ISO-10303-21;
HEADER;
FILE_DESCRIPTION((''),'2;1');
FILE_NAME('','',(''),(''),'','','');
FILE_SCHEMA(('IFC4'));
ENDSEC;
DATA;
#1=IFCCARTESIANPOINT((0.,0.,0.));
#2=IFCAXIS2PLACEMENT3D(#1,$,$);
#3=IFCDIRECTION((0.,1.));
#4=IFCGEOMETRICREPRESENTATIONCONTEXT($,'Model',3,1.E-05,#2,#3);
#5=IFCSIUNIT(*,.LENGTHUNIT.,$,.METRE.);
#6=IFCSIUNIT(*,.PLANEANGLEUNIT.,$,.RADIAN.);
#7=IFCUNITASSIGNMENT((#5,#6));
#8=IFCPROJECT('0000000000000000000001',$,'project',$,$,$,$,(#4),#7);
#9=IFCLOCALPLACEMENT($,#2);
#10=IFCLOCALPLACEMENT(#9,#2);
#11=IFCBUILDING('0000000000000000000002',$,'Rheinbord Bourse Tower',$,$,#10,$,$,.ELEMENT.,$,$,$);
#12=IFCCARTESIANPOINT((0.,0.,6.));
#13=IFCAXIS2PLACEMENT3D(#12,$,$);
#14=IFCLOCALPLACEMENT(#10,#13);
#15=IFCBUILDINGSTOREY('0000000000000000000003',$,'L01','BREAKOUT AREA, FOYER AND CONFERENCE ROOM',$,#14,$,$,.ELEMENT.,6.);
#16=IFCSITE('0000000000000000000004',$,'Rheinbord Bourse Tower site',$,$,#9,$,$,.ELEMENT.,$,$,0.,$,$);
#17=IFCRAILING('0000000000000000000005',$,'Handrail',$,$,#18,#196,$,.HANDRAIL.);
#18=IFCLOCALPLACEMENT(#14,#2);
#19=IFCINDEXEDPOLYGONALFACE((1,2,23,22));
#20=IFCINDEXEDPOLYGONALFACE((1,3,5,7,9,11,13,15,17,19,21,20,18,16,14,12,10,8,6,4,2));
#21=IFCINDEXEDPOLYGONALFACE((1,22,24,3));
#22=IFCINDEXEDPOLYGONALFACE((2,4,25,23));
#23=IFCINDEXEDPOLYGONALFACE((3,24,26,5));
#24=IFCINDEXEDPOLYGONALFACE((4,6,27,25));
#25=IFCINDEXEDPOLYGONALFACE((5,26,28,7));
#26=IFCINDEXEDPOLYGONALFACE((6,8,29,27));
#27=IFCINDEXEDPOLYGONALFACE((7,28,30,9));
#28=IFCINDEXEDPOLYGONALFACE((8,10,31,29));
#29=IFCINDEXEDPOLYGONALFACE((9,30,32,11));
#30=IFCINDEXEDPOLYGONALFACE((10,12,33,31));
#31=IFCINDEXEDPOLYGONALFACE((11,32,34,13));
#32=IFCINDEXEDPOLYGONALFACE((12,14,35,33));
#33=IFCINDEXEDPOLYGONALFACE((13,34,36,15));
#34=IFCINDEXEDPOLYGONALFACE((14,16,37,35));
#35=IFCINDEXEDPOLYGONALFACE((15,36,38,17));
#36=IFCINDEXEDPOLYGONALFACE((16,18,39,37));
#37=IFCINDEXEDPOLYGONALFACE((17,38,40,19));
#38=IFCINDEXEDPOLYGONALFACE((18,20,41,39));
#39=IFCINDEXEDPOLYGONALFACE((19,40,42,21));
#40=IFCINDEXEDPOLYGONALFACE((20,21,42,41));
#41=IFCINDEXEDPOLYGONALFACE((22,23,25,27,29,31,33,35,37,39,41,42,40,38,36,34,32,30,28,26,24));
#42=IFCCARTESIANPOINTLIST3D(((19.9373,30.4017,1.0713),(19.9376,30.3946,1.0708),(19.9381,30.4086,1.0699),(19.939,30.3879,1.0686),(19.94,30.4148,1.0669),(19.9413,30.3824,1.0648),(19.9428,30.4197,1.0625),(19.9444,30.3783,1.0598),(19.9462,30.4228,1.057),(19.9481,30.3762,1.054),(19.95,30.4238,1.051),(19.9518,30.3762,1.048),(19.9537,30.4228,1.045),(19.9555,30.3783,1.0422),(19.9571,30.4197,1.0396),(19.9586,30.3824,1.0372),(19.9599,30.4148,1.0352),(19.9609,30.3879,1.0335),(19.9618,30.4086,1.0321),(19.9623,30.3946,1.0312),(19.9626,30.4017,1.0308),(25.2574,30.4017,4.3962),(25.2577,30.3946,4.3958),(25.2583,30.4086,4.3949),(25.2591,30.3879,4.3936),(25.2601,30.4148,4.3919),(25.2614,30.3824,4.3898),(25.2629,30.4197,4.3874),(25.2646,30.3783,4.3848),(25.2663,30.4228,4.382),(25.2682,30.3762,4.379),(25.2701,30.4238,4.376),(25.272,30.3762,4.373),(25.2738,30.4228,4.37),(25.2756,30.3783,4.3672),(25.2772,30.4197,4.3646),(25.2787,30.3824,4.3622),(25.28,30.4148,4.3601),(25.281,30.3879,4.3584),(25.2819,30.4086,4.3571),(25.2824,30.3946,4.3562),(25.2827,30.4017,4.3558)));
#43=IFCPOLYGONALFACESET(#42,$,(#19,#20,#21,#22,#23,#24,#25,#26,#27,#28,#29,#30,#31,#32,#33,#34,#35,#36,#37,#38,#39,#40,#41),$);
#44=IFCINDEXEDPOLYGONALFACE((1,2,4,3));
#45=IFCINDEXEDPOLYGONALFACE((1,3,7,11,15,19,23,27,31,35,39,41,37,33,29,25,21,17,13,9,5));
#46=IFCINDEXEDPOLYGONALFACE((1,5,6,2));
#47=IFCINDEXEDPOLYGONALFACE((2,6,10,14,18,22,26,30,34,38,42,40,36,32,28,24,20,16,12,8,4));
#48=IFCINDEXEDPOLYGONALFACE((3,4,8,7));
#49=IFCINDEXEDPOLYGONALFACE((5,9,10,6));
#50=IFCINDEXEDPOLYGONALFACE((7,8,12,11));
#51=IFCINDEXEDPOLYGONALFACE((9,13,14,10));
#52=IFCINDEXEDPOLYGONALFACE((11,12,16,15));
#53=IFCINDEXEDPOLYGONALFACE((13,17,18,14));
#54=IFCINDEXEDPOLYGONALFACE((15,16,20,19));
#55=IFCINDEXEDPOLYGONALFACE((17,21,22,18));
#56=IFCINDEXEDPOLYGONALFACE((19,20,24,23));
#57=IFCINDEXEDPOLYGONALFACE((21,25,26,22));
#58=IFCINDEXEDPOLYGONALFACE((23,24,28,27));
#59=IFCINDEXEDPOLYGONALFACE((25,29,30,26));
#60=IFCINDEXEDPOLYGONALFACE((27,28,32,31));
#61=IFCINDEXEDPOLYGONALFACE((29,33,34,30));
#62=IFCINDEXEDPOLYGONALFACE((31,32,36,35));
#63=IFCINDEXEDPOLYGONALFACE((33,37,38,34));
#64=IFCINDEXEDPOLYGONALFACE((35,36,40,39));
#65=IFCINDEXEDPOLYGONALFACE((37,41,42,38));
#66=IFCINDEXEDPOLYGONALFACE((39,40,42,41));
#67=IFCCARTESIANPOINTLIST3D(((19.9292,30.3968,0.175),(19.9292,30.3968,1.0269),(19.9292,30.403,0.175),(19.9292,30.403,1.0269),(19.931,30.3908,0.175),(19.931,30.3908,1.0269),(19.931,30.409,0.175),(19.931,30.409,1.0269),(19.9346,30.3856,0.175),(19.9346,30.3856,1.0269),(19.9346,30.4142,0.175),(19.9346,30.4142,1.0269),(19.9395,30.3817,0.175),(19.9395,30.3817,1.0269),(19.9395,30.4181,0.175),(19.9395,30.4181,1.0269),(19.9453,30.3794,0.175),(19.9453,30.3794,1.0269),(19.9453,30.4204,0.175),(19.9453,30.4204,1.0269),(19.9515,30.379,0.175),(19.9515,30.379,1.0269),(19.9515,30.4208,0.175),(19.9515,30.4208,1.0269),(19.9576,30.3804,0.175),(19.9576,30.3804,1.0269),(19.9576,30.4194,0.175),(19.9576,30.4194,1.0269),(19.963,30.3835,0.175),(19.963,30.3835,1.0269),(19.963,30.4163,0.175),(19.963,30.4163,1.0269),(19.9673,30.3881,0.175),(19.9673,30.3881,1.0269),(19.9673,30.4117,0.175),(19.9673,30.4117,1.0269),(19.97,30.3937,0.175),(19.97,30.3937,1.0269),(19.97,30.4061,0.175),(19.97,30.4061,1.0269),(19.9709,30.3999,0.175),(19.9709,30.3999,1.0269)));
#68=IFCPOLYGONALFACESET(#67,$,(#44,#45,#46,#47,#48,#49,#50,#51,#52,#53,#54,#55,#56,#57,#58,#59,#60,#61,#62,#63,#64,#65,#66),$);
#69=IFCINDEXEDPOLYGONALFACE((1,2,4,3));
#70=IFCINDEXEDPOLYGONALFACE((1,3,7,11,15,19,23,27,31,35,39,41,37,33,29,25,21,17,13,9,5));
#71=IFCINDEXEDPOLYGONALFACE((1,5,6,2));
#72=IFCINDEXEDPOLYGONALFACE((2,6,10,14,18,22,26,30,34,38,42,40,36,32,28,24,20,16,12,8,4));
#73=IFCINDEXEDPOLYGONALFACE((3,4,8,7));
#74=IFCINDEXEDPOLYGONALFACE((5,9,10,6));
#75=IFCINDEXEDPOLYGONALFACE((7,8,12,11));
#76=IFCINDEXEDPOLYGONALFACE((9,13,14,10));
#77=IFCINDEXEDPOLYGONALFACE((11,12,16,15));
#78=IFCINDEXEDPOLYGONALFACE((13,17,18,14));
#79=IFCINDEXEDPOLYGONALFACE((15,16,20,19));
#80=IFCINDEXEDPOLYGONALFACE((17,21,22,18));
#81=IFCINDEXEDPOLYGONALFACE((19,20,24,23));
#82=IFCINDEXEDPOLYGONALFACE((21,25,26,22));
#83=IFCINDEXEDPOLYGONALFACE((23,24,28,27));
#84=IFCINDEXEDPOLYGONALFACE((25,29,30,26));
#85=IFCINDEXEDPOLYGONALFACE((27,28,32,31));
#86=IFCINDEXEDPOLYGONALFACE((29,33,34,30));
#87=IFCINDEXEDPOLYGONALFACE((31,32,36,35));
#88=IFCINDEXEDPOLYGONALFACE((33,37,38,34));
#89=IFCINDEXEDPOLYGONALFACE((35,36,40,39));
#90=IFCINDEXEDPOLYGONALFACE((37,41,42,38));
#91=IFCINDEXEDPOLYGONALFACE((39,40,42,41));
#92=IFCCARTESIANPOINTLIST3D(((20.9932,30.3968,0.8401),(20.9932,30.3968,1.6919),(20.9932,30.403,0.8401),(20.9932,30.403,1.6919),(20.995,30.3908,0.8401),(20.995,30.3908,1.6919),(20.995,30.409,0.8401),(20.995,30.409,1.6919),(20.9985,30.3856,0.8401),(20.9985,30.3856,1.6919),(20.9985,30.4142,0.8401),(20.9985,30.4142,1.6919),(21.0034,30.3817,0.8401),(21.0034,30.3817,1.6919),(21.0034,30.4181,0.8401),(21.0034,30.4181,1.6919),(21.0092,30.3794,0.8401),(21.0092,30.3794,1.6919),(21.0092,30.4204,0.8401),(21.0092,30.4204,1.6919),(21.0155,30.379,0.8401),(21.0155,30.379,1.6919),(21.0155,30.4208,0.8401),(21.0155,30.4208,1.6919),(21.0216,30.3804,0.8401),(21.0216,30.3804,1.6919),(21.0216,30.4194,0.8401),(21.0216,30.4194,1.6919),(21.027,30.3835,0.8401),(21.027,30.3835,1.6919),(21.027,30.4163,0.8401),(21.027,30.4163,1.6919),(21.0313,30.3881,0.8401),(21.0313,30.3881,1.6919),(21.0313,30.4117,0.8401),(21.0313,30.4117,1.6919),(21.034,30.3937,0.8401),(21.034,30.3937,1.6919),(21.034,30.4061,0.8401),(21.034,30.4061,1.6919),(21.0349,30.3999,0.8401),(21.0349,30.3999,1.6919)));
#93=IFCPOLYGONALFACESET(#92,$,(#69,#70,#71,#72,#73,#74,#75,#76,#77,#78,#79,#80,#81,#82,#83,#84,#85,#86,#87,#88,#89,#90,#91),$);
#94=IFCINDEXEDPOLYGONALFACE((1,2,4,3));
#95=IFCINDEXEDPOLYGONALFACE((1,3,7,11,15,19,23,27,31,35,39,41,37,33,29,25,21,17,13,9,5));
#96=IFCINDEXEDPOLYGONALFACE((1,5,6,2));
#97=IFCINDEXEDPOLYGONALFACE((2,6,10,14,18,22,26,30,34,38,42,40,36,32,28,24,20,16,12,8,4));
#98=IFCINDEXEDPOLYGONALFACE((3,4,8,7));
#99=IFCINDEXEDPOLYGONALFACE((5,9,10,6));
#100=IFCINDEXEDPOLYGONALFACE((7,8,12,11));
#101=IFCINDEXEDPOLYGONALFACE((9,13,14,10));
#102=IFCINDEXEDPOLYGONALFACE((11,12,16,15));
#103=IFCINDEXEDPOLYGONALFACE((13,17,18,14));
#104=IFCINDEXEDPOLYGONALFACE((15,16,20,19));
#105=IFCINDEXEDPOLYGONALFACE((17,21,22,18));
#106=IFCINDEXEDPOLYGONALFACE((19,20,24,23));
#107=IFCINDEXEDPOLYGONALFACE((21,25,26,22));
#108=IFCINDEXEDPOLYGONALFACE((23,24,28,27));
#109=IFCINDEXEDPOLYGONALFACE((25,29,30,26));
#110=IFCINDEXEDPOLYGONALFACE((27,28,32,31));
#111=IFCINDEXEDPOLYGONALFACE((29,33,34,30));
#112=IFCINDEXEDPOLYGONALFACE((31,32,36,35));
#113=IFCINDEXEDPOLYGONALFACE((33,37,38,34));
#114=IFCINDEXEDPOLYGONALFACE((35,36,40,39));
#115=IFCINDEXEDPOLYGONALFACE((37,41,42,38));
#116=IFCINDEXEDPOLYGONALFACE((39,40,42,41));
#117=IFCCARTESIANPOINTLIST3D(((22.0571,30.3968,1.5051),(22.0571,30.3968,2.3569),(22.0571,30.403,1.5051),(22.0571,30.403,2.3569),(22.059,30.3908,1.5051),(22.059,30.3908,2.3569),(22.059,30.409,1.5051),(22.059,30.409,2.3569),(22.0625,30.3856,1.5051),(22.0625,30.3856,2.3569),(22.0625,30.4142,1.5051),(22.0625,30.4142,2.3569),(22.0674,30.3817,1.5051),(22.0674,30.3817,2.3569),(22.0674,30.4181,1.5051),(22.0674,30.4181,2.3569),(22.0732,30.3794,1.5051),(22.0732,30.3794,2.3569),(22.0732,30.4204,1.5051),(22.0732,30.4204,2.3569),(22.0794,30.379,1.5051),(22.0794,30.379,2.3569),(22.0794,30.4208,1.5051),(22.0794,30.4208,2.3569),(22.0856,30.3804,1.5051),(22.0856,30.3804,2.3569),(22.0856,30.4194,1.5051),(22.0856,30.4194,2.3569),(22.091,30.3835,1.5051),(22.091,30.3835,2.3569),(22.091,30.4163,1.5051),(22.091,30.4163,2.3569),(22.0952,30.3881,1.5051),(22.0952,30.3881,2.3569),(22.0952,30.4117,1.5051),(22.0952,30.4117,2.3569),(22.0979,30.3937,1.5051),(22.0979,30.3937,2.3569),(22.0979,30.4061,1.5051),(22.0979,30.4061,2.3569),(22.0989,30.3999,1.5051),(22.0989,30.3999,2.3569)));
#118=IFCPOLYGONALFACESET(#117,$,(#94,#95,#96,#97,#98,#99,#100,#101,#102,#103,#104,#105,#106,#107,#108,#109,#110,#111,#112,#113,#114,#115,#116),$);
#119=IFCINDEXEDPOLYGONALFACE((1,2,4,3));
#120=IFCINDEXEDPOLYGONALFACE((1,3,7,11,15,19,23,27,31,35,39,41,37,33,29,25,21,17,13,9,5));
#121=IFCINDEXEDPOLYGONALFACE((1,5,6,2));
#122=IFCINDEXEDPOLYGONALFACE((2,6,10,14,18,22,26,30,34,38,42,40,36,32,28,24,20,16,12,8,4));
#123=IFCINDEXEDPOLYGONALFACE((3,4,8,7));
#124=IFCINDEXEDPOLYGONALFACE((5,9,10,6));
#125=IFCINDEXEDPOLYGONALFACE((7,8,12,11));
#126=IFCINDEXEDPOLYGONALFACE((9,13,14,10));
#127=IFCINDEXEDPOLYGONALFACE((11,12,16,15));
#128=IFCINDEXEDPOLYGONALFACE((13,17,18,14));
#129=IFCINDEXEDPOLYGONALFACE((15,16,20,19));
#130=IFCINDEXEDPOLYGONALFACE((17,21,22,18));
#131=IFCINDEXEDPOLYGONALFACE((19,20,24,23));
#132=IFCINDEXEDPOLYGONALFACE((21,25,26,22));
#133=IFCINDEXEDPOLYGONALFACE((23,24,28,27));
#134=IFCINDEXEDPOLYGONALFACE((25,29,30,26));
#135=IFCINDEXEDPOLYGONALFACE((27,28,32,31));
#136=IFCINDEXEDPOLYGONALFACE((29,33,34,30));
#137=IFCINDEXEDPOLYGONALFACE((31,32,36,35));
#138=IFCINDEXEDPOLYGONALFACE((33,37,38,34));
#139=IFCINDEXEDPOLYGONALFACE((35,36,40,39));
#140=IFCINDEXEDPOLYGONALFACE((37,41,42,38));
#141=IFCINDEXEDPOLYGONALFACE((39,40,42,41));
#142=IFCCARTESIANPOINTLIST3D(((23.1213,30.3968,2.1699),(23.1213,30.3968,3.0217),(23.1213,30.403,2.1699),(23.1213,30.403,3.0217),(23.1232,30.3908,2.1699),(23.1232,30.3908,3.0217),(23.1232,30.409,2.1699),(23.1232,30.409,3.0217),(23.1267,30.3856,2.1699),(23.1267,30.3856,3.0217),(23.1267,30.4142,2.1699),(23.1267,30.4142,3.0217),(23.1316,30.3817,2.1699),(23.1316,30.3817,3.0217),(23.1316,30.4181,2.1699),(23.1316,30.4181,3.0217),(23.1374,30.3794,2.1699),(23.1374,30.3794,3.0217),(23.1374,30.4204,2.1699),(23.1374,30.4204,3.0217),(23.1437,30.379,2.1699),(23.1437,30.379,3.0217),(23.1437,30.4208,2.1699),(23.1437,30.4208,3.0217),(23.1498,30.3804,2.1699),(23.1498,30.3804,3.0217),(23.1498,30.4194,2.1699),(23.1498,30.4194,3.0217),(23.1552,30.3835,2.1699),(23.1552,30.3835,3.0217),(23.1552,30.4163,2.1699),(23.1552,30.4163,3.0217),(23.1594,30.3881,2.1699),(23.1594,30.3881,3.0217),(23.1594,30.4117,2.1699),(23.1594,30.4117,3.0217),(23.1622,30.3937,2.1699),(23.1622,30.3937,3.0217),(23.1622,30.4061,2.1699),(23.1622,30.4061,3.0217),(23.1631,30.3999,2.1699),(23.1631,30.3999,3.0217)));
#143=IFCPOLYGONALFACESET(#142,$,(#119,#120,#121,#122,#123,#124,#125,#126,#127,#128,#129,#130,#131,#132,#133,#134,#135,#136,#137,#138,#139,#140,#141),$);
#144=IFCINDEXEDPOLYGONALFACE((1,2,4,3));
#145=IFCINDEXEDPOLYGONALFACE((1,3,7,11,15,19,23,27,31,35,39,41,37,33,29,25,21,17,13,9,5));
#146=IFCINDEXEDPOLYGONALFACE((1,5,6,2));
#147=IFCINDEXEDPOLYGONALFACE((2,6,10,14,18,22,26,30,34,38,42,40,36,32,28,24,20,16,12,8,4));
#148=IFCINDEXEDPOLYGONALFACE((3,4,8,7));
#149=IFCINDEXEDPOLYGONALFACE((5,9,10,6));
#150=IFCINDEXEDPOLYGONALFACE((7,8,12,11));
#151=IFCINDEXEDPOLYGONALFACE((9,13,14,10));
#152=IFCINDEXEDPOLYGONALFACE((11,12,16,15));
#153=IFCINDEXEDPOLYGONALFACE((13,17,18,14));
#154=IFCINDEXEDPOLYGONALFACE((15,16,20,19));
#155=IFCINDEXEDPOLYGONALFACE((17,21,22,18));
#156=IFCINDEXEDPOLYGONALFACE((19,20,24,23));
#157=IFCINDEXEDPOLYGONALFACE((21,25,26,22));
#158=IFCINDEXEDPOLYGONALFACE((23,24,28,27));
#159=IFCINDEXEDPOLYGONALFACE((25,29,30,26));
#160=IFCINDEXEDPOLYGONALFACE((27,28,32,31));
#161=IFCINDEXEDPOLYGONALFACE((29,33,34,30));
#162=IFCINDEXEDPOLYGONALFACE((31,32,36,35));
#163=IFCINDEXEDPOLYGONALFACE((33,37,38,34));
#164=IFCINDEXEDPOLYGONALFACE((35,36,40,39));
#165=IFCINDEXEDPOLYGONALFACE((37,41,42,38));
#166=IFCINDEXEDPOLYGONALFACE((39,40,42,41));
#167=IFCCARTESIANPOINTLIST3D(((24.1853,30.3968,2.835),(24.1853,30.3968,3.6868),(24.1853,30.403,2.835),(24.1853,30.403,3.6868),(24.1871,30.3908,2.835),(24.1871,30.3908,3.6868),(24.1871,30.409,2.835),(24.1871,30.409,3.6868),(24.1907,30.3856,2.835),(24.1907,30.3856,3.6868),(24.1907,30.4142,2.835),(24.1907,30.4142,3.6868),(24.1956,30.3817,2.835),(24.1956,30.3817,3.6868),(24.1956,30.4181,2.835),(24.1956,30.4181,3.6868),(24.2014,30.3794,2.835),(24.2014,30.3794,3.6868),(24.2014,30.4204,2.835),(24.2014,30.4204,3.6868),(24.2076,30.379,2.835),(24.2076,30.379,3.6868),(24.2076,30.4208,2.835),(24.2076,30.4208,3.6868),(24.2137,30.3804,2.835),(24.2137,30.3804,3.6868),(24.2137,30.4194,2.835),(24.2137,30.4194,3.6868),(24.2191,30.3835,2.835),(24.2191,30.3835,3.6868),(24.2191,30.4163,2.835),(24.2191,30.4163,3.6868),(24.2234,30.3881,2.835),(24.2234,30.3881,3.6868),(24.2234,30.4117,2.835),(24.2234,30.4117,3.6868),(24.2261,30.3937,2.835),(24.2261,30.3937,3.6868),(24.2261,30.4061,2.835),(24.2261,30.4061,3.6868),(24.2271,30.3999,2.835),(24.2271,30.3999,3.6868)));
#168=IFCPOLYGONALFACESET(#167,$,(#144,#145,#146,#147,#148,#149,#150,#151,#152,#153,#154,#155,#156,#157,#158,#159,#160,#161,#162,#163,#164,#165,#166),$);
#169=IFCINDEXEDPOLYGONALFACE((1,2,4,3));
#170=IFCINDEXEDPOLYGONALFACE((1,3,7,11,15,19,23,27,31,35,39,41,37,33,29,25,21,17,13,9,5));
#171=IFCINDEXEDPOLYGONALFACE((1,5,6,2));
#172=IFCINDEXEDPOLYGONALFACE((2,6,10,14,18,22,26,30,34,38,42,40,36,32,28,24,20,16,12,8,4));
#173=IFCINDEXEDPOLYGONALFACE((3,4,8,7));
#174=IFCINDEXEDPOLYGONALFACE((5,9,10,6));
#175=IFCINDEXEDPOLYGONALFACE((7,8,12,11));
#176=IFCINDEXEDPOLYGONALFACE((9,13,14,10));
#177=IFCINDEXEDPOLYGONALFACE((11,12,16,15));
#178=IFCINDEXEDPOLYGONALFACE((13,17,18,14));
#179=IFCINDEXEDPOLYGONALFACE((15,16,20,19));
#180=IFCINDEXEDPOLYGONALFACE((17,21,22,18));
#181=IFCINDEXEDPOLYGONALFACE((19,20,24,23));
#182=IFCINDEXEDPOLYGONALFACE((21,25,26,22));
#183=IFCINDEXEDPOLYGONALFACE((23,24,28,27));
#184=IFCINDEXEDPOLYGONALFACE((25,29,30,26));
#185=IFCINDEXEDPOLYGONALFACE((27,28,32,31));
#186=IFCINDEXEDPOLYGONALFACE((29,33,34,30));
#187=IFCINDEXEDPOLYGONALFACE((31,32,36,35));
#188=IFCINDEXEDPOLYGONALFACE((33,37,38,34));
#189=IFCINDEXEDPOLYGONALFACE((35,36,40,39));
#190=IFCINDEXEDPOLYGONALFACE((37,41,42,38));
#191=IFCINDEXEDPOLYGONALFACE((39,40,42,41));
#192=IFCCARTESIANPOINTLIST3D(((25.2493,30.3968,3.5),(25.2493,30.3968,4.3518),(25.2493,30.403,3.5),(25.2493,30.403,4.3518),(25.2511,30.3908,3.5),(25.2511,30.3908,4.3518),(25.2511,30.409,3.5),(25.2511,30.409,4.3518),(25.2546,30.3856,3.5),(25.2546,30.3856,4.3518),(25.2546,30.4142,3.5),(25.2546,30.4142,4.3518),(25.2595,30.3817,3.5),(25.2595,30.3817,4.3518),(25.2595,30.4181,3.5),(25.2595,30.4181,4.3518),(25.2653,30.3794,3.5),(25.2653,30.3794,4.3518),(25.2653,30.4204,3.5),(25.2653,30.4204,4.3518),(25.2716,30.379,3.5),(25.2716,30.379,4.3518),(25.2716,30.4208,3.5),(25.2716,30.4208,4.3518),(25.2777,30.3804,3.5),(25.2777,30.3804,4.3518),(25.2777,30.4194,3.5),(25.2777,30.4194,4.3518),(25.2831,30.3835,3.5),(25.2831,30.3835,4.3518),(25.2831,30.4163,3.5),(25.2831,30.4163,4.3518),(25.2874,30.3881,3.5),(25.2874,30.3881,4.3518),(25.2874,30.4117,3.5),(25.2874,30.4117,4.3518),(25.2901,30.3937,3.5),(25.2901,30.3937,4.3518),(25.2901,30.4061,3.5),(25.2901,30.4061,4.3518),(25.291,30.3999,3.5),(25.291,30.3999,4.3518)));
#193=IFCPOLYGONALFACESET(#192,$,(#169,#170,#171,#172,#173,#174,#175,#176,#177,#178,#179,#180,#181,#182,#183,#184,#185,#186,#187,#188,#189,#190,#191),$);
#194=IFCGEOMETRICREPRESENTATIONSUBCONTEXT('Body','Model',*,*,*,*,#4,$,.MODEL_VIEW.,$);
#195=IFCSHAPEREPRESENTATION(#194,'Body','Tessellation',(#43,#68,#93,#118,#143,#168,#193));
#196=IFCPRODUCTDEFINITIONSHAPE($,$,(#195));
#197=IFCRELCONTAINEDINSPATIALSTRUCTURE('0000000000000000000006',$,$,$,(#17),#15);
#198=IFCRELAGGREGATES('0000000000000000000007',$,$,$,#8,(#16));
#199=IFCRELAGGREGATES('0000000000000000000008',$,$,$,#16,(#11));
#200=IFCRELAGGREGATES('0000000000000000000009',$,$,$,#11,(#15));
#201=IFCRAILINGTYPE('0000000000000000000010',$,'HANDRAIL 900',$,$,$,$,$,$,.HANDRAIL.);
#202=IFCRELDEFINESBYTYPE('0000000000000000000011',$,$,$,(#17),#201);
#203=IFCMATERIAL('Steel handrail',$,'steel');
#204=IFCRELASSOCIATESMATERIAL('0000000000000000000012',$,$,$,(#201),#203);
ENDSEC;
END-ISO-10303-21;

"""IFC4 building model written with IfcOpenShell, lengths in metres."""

from ifc_helpers import new_model, si_unit, direction, frame, origin, origin_2d, place, context, subcontext, project, spatial, circle, extrude, material, type_object, element, save


model = new_model("IFC4")

# Units and contexts
model_context = context("Model", 3, precision=1e-05, world=origin(), true_north=direction((0.0, 1.0)))
body_context = subcontext(model_context, "Body", "Model", "MODEL_VIEW")
ifc_project = project(units=[si_unit("LENGTHUNIT", "METRE"), si_unit("PLANEANGLEUNIT", "RADIAN")], contexts=[model_context])

# Site, building, storey
site_placement = place(None, origin())
site = spatial("IfcSite", under=ifc_project, at=site_placement, Name="Rheinbord Bourse Tower site", CompositionType="ELEMENT", RefElevation=0.0)
building_placement = place(site_placement, origin())
building = spatial("IfcBuilding", under=site, at=building_placement, Name="Rheinbord Bourse Tower", CompositionType="ELEMENT")
storey_placement = place(building_placement, frame((0.0, 0.0, 6.0)))
storey = spatial("IfcBuildingStorey", under=building, at=storey_placement, Name="L01", Description="BREAKOUT AREA, FOYER AND CONFERENCE ROOM", CompositionType="ELEMENT", Elevation=6.0)

# Railing
ifc_material_1 = material(Name="Steel handrail", Category="steel")
railing_type = type_object("IfcRailingType", Name="HANDRAIL 900", PredefinedType="HANDRAIL", material=ifc_material_1)
railing_1_placement = place(storey_placement, frame((19.95, 30.3999, 0.175)))
element("IfcRailing", 1, at=railing_1_placement, inside=storey, type_object=railing_type, Name="Handrail", PredefinedType="HANDRAIL", context=body_context, shape_type="SweptSolid", body=[
    extrude(circle(Radius=0.0239, at=origin_2d()), frame((0.0, 0.0, 0.876), z_axis=(0.848005, 0.0, 0.529988), x_axis=(0.0, 1.0, 0.0)), (0.0, 0.0, 1.0), 6.2737),
    extrude(circle(Radius=0.021, at=origin_2d()), origin(), (0.0, 0.0, 1.0), 0.8518),
    extrude(circle(Radius=0.021, at=origin_2d()), frame((1.064, 0.0, 0.665)), (0.0, 0.0, 1.0), 0.8518),
    extrude(circle(Radius=0.021, at=origin_2d()), frame((2.1279, 0.0, 1.3301)), (0.0, 0.0, 1.0), 0.8518),
    extrude(circle(Radius=0.021, at=origin_2d()), frame((3.1921, 0.0, 1.9949)), (0.0, 0.0, 1.0), 0.8518),
    extrude(circle(Radius=0.021, at=origin_2d()), frame((4.2561, 0.0, 2.6599)), (0.0, 0.0, 1.0), 0.8518),
    extrude(circle(Radius=0.021, at=origin_2d()), frame((5.3201, 0.0, 3.325)), (0.0, 0.0, 1.0), 0.8518),
])

save(model, "model.ifc")
